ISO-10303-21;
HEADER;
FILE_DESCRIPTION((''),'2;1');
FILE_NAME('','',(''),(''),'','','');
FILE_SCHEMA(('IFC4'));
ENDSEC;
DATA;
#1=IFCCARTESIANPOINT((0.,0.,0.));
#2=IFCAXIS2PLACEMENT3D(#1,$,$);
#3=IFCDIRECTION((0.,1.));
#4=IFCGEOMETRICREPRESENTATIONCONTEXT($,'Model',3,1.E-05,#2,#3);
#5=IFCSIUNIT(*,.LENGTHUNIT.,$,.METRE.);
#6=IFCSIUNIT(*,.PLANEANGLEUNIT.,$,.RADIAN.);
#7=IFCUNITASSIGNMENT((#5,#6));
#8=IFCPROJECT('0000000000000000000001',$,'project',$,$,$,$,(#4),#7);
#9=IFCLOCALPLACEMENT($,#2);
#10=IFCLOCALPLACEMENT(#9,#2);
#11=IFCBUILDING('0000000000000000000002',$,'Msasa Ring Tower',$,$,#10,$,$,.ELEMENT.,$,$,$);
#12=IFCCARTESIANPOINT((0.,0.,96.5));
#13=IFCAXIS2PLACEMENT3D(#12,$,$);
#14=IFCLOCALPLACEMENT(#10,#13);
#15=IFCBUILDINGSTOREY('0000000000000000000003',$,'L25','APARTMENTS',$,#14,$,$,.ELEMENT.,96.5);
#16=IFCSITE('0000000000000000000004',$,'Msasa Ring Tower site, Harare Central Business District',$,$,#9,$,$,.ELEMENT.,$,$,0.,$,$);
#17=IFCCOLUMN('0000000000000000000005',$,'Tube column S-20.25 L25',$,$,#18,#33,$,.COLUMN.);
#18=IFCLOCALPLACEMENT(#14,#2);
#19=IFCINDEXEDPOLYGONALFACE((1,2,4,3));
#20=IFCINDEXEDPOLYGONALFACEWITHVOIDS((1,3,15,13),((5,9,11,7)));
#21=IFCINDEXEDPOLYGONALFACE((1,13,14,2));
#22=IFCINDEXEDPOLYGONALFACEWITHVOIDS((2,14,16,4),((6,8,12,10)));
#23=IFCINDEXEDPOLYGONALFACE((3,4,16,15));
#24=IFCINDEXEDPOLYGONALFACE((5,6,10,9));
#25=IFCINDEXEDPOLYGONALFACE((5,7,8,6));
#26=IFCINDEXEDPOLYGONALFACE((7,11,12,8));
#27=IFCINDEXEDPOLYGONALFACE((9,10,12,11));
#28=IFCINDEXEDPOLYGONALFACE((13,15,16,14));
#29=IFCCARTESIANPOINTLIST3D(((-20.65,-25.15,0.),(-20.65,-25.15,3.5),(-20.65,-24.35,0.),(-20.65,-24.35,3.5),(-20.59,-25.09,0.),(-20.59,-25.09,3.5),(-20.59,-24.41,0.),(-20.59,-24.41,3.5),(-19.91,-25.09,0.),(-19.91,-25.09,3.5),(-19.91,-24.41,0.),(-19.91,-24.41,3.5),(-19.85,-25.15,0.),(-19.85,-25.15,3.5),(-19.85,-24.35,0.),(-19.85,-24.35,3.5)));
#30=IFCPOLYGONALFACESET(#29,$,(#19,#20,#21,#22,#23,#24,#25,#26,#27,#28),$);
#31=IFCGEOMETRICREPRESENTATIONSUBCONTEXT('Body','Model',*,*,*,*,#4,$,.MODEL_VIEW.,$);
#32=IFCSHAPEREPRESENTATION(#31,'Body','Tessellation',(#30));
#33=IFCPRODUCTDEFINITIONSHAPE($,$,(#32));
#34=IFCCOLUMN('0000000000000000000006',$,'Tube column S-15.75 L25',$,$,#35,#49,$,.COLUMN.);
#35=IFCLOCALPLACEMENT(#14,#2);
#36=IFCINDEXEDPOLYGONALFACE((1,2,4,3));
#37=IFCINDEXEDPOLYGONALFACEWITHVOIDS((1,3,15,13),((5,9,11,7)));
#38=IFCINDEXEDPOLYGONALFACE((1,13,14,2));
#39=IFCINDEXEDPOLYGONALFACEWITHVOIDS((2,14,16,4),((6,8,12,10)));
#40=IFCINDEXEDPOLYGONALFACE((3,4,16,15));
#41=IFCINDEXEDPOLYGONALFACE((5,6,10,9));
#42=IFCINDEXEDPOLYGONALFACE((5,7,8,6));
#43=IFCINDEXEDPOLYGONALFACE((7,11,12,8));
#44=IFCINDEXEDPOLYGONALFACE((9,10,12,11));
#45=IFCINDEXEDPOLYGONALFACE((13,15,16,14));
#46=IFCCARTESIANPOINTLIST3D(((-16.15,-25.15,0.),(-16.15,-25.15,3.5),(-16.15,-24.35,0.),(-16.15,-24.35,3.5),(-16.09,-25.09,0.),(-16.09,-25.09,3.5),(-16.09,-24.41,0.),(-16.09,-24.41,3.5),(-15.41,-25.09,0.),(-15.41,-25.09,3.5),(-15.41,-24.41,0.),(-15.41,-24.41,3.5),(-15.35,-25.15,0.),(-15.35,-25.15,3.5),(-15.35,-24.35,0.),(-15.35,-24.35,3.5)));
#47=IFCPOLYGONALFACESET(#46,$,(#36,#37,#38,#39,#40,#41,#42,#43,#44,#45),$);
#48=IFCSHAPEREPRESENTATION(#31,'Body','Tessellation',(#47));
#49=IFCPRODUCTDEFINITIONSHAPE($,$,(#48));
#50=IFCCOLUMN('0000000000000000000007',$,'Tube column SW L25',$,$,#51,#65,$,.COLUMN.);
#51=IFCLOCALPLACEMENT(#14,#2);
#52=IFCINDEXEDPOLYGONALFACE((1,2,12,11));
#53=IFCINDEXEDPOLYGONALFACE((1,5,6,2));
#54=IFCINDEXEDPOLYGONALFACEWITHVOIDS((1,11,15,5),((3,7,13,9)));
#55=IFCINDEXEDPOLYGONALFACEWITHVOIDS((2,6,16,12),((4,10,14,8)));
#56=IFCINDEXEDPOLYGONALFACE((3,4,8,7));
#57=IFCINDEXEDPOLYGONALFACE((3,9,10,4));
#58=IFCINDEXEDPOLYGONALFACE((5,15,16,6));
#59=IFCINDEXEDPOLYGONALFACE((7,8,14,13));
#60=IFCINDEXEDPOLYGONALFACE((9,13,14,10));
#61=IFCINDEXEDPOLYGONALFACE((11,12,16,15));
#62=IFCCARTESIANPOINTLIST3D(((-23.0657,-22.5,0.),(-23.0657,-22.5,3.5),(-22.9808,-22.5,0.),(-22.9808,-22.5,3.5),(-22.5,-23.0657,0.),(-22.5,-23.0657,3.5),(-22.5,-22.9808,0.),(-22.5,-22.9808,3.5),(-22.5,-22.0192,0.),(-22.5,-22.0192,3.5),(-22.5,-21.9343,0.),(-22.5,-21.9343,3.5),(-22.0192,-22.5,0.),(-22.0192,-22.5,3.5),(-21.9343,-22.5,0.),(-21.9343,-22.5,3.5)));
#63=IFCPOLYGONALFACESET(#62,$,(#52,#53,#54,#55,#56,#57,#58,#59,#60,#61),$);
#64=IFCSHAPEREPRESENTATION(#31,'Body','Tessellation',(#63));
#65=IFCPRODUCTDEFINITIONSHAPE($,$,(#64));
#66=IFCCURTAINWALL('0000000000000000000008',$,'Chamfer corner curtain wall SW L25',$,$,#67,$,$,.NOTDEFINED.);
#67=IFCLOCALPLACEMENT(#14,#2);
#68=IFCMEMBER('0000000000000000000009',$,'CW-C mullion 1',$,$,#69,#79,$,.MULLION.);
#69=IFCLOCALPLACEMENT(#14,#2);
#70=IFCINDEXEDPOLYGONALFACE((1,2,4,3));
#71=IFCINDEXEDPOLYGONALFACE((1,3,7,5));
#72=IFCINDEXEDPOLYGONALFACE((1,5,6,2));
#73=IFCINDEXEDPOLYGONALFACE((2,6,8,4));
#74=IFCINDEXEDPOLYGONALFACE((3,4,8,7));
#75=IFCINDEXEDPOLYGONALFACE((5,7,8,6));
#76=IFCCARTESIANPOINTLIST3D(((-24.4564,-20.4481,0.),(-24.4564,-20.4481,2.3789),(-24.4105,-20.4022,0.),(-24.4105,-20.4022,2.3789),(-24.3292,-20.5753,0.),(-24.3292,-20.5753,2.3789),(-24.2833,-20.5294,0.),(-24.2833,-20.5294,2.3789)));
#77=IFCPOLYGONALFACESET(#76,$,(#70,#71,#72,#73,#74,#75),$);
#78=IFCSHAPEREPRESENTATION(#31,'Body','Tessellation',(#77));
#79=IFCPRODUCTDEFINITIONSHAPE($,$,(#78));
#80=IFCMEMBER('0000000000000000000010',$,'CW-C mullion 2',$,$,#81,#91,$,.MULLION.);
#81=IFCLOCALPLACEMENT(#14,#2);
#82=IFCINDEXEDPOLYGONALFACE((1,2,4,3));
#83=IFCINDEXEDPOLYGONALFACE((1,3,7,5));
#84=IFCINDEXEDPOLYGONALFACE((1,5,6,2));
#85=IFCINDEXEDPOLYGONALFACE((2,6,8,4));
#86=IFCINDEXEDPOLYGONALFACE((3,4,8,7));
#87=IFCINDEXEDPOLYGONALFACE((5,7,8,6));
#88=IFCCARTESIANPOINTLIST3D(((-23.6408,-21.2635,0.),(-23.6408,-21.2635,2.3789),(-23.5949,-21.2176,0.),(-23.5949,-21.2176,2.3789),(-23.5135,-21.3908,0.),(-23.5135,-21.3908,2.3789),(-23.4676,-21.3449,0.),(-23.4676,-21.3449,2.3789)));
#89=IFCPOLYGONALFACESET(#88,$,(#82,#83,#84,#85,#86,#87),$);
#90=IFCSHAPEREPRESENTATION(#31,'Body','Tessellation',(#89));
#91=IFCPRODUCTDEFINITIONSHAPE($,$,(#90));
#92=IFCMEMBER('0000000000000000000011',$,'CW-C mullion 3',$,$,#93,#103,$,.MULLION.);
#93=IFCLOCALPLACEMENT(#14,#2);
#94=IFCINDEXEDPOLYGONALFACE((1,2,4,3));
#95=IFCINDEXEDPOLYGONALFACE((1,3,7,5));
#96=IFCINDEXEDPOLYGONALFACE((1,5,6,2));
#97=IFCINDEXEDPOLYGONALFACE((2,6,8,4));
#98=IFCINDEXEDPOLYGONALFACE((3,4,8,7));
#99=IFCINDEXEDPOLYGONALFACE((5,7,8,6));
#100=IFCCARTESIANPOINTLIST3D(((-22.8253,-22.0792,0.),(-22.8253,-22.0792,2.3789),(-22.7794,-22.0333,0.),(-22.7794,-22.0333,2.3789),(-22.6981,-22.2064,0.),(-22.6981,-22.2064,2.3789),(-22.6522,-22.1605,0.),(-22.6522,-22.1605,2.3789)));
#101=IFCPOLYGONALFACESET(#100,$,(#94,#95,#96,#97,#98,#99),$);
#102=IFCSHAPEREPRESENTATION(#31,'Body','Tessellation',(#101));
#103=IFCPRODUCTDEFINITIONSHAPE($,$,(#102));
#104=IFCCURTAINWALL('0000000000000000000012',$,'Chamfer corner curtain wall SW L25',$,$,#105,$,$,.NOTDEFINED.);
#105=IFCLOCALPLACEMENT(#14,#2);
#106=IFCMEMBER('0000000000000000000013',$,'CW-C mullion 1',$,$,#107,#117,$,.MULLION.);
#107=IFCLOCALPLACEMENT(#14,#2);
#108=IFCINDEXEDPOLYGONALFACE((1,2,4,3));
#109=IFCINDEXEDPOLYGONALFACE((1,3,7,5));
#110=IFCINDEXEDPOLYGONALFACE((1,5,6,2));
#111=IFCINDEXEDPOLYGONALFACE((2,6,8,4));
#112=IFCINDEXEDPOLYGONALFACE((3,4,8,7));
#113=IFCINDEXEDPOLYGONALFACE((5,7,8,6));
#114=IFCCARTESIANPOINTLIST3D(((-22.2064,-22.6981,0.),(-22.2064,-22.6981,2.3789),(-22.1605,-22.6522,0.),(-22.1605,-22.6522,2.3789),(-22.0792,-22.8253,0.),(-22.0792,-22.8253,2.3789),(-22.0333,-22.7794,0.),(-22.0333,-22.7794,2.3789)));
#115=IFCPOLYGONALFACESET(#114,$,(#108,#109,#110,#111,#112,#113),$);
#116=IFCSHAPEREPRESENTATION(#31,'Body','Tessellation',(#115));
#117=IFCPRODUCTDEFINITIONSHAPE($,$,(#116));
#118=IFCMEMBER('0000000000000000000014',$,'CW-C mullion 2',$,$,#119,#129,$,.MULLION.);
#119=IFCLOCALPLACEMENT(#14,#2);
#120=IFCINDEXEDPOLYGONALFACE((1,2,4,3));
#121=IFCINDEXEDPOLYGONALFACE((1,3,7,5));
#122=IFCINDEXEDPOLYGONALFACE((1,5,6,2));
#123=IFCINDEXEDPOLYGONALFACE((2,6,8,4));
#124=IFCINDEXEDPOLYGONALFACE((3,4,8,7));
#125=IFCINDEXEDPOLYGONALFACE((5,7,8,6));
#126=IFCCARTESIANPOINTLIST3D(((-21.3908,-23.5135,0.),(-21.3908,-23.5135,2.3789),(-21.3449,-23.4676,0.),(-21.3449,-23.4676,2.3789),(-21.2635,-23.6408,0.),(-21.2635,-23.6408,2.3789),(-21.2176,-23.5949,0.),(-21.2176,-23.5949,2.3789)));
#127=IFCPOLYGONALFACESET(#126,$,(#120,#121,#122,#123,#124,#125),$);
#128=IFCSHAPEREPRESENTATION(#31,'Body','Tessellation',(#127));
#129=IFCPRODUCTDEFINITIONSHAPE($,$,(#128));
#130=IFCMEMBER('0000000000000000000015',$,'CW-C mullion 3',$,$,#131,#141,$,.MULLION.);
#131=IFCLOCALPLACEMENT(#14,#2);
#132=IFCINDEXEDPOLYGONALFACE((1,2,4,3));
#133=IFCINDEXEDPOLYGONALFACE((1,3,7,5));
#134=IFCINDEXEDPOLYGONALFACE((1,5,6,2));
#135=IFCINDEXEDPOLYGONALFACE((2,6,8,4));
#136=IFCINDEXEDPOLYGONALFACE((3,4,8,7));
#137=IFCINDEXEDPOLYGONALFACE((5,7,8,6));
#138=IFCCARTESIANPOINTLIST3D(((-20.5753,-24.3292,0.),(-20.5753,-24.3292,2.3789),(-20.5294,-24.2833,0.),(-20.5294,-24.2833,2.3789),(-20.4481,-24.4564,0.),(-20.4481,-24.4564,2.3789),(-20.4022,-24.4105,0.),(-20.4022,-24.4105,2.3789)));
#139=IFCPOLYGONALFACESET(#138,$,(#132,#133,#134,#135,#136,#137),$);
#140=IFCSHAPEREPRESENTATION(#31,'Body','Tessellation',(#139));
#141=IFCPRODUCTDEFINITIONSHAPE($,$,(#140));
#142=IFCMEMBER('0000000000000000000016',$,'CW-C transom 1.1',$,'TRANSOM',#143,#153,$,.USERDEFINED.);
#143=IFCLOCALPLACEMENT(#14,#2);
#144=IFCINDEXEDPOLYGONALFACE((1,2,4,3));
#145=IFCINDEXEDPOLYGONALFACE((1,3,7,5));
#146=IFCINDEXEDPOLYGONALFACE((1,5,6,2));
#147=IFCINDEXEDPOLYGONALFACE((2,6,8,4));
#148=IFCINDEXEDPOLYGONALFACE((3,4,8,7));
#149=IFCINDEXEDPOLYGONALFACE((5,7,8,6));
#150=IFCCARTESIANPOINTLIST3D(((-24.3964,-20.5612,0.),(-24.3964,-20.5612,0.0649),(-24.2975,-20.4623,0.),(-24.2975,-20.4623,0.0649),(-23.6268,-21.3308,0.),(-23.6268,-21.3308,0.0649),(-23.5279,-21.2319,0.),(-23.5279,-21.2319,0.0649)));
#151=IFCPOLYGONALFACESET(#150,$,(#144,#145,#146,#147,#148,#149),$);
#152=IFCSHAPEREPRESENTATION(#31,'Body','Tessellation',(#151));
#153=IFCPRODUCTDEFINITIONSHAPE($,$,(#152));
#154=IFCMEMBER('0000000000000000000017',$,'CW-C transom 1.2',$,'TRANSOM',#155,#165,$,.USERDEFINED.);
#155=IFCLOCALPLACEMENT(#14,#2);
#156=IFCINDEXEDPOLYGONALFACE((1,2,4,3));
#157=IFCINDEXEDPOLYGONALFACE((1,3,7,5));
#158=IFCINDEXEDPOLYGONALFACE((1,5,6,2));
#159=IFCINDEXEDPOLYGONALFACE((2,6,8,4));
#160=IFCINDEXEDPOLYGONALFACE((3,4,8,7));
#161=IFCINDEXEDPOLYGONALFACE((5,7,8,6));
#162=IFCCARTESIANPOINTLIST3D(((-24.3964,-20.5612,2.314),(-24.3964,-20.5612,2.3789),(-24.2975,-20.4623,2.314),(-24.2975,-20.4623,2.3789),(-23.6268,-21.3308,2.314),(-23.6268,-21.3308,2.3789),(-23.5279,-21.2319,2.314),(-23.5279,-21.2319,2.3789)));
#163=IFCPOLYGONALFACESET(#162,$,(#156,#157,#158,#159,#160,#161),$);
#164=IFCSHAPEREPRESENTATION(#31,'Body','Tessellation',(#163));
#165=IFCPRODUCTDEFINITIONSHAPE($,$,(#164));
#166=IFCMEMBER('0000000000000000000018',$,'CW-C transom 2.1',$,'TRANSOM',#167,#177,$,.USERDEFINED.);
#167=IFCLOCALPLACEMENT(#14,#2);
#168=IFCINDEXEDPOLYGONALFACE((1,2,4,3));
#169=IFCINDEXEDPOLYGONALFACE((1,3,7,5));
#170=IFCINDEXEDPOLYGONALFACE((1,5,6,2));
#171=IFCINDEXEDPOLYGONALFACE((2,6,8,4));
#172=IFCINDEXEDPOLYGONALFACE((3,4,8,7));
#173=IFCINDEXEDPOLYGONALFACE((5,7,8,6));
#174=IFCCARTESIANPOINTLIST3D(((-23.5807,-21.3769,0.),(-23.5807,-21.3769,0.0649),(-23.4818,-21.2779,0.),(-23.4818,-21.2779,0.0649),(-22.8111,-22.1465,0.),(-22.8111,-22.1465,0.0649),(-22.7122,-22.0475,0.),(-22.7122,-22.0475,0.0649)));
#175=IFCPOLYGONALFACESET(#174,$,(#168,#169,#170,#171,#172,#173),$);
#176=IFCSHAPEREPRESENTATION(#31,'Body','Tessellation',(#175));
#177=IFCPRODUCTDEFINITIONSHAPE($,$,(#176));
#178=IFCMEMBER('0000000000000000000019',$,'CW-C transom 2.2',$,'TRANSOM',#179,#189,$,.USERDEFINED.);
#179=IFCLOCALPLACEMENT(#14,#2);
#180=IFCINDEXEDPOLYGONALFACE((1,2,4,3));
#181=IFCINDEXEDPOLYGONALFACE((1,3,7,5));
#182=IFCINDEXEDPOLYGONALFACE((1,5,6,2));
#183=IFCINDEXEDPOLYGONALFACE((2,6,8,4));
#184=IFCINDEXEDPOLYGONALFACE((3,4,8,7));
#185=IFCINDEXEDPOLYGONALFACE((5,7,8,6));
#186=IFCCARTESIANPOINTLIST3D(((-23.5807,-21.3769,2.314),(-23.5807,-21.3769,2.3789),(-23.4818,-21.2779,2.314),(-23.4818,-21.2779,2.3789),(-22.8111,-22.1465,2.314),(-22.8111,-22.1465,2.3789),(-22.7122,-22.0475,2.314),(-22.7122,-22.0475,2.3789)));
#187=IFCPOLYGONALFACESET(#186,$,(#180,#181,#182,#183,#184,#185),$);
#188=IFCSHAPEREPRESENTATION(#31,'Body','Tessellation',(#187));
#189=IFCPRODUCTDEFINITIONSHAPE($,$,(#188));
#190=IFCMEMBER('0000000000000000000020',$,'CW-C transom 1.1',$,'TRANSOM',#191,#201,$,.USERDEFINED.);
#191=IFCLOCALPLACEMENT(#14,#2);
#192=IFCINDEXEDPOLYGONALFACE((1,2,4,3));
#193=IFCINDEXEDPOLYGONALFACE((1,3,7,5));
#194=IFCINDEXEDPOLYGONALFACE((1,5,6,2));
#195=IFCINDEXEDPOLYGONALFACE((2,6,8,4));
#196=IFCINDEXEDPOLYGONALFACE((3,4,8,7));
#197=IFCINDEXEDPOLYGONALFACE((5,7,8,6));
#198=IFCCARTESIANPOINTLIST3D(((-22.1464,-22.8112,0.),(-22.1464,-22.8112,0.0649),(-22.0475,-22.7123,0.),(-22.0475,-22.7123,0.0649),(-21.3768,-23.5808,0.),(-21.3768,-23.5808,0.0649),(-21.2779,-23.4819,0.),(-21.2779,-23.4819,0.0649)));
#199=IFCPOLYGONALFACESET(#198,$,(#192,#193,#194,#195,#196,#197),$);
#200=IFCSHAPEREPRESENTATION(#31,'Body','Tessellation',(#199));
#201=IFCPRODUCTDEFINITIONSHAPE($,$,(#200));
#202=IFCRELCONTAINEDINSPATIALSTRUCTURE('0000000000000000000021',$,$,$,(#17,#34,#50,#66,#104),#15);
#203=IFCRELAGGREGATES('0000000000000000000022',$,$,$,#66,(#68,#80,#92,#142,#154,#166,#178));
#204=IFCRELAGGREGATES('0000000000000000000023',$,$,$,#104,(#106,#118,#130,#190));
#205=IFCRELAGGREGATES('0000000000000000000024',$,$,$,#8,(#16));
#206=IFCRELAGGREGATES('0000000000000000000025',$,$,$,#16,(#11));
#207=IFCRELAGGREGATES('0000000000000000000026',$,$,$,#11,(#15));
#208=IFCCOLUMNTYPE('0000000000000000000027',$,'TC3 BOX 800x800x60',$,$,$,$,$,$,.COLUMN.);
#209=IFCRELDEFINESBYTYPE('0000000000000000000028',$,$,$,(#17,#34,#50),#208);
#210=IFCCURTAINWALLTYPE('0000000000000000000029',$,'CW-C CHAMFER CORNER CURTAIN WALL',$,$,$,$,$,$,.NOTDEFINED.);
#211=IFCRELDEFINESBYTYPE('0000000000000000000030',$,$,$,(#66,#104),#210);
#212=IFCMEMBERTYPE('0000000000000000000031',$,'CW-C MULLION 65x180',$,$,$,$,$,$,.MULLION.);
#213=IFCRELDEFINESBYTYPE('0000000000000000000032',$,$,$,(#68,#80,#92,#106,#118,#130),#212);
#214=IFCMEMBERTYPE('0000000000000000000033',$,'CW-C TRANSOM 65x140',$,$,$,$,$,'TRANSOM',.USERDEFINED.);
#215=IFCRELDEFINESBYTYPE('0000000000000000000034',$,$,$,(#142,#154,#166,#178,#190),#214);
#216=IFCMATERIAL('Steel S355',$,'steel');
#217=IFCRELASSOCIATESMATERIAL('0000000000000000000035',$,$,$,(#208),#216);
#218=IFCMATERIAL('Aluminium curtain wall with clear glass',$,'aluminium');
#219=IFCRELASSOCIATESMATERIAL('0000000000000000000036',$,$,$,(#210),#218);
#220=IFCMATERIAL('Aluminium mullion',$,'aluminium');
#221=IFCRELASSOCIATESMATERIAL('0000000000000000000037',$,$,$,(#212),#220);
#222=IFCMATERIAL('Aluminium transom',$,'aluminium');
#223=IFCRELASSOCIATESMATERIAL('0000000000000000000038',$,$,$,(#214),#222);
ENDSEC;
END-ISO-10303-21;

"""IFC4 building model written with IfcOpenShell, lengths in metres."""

from ifc_helpers import new_model, si_unit, direction, frame, origin, origin_2d, place, context, subcontext, project, spatial, rectangle, hollow_rectangle, extrude, material, material_profile, profile_set, type_object, element, aggregate, save


model = new_model("IFC4")

# Units and contexts
model_context = context("Model", 3, precision=1e-05, world=origin(), true_north=direction((0.0, 1.0)))
body_context = subcontext(model_context, "Body", "Model", "MODEL_VIEW")
ifc_project = project(units=[si_unit("LENGTHUNIT", "METRE"), si_unit("PLANEANGLEUNIT", "RADIAN")], contexts=[model_context])

# Site, building, storey
site_placement = place(None, origin())
site = spatial("IfcSite", under=ifc_project, at=site_placement, Name="Msasa Ring Tower site, Harare Central Business District", CompositionType="ELEMENT", RefElevation=0.0)
building_placement = place(site_placement, origin())
building = spatial("IfcBuilding", under=site, at=building_placement, Name="Msasa Ring Tower", CompositionType="ELEMENT")
storey_placement = place(building_placement, frame((0.0, 0.0, 96.5)))
storey = spatial("IfcBuildingStorey", under=building, at=storey_placement, Name="L25", Description="APARTMENTS", CompositionType="ELEMENT", Elevation=96.5)

# Columns
ifc_material_1 = material(Name="Steel S355", Category="steel")
ifc_material_profile_1 = material_profile(ifc_material_1, hollow_rectangle(XDim=0.8, YDim=0.8, WallThickness=0.0601, at=origin_2d()), Name="BOX 800x800x60")
ifc_profile_set_1 = profile_set([ifc_material_profile_1], Name="Steel S355")
column_type = type_object("IfcColumnType", Name="TC3 BOX 800x800x60", PredefinedType="COLUMN", material=ifc_profile_set_1)
for number, where, z_axis, x_axis, name in (
    (1, (-20.25, -24.75, 0.0), (0.0, 0.0, 1.0), (0.0, 1.0, 0.0), "Tube column S-20.25 L25"),
    (2, (-15.75, -24.75, 0.0), (0.0, 0.0, 1.0), (0.0, 1.0, 0.0), "Tube column S-15.75 L25"),
    (3, (-22.5, -22.5, 0.0), (0.0, 0.0, 1.0), (0.707107, 0.707107, 0.0), "Tube column SW L25"),
):
    element("IfcColumn", number, at=place(storey_placement, frame(where, z_axis=z_axis, x_axis=x_axis)), inside=storey, type_object=column_type, Name=name, PredefinedType="COLUMN", context=body_context, shape_type="SweptSolid", body=[
        extrude(hollow_rectangle(XDim=0.8, YDim=0.8, WallThickness=0.0601, at=origin_2d()), origin(), (0.0, 0.0, 1.0), 3.5),
    ])

# Curtain walls, members
ifc_material_2 = material(Name="Aluminium curtain wall with clear glass", Category="aluminium")
curtain_wall_type = type_object("IfcCurtainWallType", Name="CW-C CHAMFER CORNER CURTAIN WALL", PredefinedType="NOTDEFINED", material=ifc_material_2)
curtain_wall_1_placement = place(storey_placement, origin())
curtain_wall_1 = element("IfcCurtainWall", 4, at=curtain_wall_1_placement, inside=storey, type_object=curtain_wall_type, Name="Chamfer corner curtain wall SW L25", PredefinedType="NOTDEFINED")
ifc_material_3 = material(Name="Aluminium mullion", Category="aluminium")
ifc_material_profile_2 = material_profile(ifc_material_3, rectangle(XDim=0.0649, YDim=0.1799, at=origin_2d()), Name="AL 65x180")
ifc_profile_set_2 = profile_set([ifc_material_profile_2], Name="Aluminium mullion")
member_type_1 = type_object("IfcMemberType", Name="CW-C MULLION 65x180", PredefinedType="MULLION", material=ifc_profile_set_2)
member_1_placement = place(storey_placement, frame((-24.3699, -20.4888, 0.0), z_axis=(0.0, 0.0, 1.0), x_axis=(0.707107, 0.707107, 0.0)))
member_1 = element("IfcMember", 5, at=member_1_placement, type_object=member_type_1, Name="CW-C mullion 1", PredefinedType="MULLION", context=body_context, shape_type="SweptSolid", body=[
    extrude(rectangle(XDim=0.0649, YDim=0.1799, at=origin_2d()), origin(), (0.0, 0.0, 1.0), 2.3789),
])
member_2_placement = place(storey_placement, frame((-23.5542, -21.3042, 0.0), z_axis=(0.0, 0.0, 1.0), x_axis=(0.707107, 0.707107, 0.0)))
member_2 = element("IfcMember", 6, at=member_2_placement, type_object=member_type_1, Name="CW-C mullion 2", PredefinedType="MULLION", context=body_context, shape_type="SweptSolid", body=[
    extrude(rectangle(XDim=0.0649, YDim=0.1799, at=origin_2d()), origin(), (0.0, 0.0, 1.0), 2.3789),
])
member_3_placement = place(storey_placement, frame((-22.7388, -22.1199, 0.0), z_axis=(0.0, 0.0, 1.0), x_axis=(0.707107, 0.707107, 0.0)))
member_3 = element("IfcMember", 7, at=member_3_placement, type_object=member_type_1, Name="CW-C mullion 3", PredefinedType="MULLION", context=body_context, shape_type="SweptSolid", body=[
    extrude(rectangle(XDim=0.0649, YDim=0.1799, at=origin_2d()), origin(), (0.0, 0.0, 1.0), 2.3789),
])
curtain_wall_2_placement = place(storey_placement, origin())
curtain_wall_2 = element("IfcCurtainWall", 8, at=curtain_wall_2_placement, inside=storey, type_object=curtain_wall_type, Name="Chamfer corner curtain wall SW L25", PredefinedType="NOTDEFINED")
member_4_placement = place(storey_placement, frame((-22.1199, -22.7388, 0.0), z_axis=(0.0, 0.0, 1.0), x_axis=(0.707107, 0.707107, 0.0)))
member_4 = element("IfcMember", 9, at=member_4_placement, type_object=member_type_1, Name="CW-C mullion 1", PredefinedType="MULLION", context=body_context, shape_type="SweptSolid", body=[
    extrude(rectangle(XDim=0.0649, YDim=0.1799, at=origin_2d()), origin(), (0.0, 0.0, 1.0), 2.3789),
])
member_5_placement = place(storey_placement, frame((-21.3042, -23.5542, 0.0), z_axis=(0.0, 0.0, 1.0), x_axis=(0.707107, 0.707107, 0.0)))
member_5 = element("IfcMember", 10, at=member_5_placement, type_object=member_type_1, Name="CW-C mullion 2", PredefinedType="MULLION", context=body_context, shape_type="SweptSolid", body=[
    extrude(rectangle(XDim=0.0649, YDim=0.1799, at=origin_2d()), origin(), (0.0, 0.0, 1.0), 2.3789),
])
member_6_placement = place(storey_placement, frame((-20.4888, -24.3699, 0.0), z_axis=(0.0, 0.0, 1.0), x_axis=(0.707107, 0.707107, 0.0)))
member_6 = element("IfcMember", 11, at=member_6_placement, type_object=member_type_1, Name="CW-C mullion 3", PredefinedType="MULLION", context=body_context, shape_type="SweptSolid", body=[
    extrude(rectangle(XDim=0.0649, YDim=0.1799, at=origin_2d()), origin(), (0.0, 0.0, 1.0), 2.3789),
])

# Members
ifc_material_4 = material(Name="Aluminium transom", Category="aluminium")
ifc_material_profile_3 = material_profile(ifc_material_4, rectangle(XDim=0.1399, YDim=0.0649, at=origin_2d()), Name="AL 65x140")
ifc_profile_set_3 = profile_set([ifc_material_profile_3], Name="Aluminium transom")
member_type_2 = type_object("IfcMemberType", Name="CW-C TRANSOM 65x140", ElementType="TRANSOM", PredefinedType="USERDEFINED", material=ifc_profile_set_3)
member_7_placement = place(storey_placement, frame((-24.3469, -20.5117, 0.0325), z_axis=(0.707107, -0.707107, 0.0), x_axis=(0.707107, 0.707107, 0.0)))
member_7 = element("IfcMember", 12, at=member_7_placement, type_object=member_type_2, Name="CW-C transom 1.1", ObjectType="TRANSOM", PredefinedType="USERDEFINED", context=body_context, shape_type="SweptSolid", body=[
    extrude(rectangle(XDim=0.1399, YDim=0.0649, at=origin_2d()), origin(), (0.0, 0.0, 1.0), 1.0884),
])
member_8_placement = place(storey_placement, frame((-24.3469, -20.5117, 2.3464), z_axis=(0.707107, -0.707107, 0.0), x_axis=(0.707107, 0.707107, 0.0)))
member_8 = element("IfcMember", 13, at=member_8_placement, type_object=member_type_2, Name="CW-C transom 1.2", ObjectType="TRANSOM", PredefinedType="USERDEFINED", context=body_context, shape_type="SweptSolid", body=[
    extrude(rectangle(XDim=0.1399, YDim=0.0649, at=origin_2d()), origin(), (0.0, 0.0, 1.0), 1.0884),
])
member_9_placement = place(storey_placement, frame((-23.5312, -21.3274, 0.0325), z_axis=(0.707107, -0.707107, 0.0), x_axis=(0.707107, 0.707107, 0.0)))
member_9 = element("IfcMember", 14, at=member_9_placement, type_object=member_type_2, Name="CW-C transom 2.1", ObjectType="TRANSOM", PredefinedType="USERDEFINED", context=body_context, shape_type="SweptSolid", body=[
    extrude(rectangle(XDim=0.1399, YDim=0.0649, at=origin_2d()), origin(), (0.0, 0.0, 1.0), 1.0884),
])
member_10_placement = place(storey_placement, frame((-23.5312, -21.3274, 2.3464), z_axis=(0.707107, -0.707107, 0.0), x_axis=(0.707107, 0.707107, 0.0)))
member_10 = element("IfcMember", 15, at=member_10_placement, type_object=member_type_2, Name="CW-C transom 2.2", ObjectType="TRANSOM", PredefinedType="USERDEFINED", context=body_context, shape_type="SweptSolid", body=[
    extrude(rectangle(XDim=0.1399, YDim=0.0649, at=origin_2d()), origin(), (0.0, 0.0, 1.0), 1.0884),
])
member_11_placement = place(storey_placement, frame((-22.0969, -22.7617, 0.0325), z_axis=(0.707107, -0.707107, 0.0), x_axis=(0.707107, 0.707107, 0.0)))
member_11 = element("IfcMember", 16, at=member_11_placement, type_object=member_type_2, Name="CW-C transom 1.1", ObjectType="TRANSOM", PredefinedType="USERDEFINED", context=body_context, shape_type="SweptSolid", body=[
    extrude(rectangle(XDim=0.1399, YDim=0.0649, at=origin_2d()), origin(), (0.0, 0.0, 1.0), 1.0884),
])

aggregate(curtain_wall_1, [member_1, member_2, member_3, member_7, member_8, member_9, member_10])
aggregate(curtain_wall_2, [member_4, member_5, member_6, member_11])

save(model, "model.ifc")
